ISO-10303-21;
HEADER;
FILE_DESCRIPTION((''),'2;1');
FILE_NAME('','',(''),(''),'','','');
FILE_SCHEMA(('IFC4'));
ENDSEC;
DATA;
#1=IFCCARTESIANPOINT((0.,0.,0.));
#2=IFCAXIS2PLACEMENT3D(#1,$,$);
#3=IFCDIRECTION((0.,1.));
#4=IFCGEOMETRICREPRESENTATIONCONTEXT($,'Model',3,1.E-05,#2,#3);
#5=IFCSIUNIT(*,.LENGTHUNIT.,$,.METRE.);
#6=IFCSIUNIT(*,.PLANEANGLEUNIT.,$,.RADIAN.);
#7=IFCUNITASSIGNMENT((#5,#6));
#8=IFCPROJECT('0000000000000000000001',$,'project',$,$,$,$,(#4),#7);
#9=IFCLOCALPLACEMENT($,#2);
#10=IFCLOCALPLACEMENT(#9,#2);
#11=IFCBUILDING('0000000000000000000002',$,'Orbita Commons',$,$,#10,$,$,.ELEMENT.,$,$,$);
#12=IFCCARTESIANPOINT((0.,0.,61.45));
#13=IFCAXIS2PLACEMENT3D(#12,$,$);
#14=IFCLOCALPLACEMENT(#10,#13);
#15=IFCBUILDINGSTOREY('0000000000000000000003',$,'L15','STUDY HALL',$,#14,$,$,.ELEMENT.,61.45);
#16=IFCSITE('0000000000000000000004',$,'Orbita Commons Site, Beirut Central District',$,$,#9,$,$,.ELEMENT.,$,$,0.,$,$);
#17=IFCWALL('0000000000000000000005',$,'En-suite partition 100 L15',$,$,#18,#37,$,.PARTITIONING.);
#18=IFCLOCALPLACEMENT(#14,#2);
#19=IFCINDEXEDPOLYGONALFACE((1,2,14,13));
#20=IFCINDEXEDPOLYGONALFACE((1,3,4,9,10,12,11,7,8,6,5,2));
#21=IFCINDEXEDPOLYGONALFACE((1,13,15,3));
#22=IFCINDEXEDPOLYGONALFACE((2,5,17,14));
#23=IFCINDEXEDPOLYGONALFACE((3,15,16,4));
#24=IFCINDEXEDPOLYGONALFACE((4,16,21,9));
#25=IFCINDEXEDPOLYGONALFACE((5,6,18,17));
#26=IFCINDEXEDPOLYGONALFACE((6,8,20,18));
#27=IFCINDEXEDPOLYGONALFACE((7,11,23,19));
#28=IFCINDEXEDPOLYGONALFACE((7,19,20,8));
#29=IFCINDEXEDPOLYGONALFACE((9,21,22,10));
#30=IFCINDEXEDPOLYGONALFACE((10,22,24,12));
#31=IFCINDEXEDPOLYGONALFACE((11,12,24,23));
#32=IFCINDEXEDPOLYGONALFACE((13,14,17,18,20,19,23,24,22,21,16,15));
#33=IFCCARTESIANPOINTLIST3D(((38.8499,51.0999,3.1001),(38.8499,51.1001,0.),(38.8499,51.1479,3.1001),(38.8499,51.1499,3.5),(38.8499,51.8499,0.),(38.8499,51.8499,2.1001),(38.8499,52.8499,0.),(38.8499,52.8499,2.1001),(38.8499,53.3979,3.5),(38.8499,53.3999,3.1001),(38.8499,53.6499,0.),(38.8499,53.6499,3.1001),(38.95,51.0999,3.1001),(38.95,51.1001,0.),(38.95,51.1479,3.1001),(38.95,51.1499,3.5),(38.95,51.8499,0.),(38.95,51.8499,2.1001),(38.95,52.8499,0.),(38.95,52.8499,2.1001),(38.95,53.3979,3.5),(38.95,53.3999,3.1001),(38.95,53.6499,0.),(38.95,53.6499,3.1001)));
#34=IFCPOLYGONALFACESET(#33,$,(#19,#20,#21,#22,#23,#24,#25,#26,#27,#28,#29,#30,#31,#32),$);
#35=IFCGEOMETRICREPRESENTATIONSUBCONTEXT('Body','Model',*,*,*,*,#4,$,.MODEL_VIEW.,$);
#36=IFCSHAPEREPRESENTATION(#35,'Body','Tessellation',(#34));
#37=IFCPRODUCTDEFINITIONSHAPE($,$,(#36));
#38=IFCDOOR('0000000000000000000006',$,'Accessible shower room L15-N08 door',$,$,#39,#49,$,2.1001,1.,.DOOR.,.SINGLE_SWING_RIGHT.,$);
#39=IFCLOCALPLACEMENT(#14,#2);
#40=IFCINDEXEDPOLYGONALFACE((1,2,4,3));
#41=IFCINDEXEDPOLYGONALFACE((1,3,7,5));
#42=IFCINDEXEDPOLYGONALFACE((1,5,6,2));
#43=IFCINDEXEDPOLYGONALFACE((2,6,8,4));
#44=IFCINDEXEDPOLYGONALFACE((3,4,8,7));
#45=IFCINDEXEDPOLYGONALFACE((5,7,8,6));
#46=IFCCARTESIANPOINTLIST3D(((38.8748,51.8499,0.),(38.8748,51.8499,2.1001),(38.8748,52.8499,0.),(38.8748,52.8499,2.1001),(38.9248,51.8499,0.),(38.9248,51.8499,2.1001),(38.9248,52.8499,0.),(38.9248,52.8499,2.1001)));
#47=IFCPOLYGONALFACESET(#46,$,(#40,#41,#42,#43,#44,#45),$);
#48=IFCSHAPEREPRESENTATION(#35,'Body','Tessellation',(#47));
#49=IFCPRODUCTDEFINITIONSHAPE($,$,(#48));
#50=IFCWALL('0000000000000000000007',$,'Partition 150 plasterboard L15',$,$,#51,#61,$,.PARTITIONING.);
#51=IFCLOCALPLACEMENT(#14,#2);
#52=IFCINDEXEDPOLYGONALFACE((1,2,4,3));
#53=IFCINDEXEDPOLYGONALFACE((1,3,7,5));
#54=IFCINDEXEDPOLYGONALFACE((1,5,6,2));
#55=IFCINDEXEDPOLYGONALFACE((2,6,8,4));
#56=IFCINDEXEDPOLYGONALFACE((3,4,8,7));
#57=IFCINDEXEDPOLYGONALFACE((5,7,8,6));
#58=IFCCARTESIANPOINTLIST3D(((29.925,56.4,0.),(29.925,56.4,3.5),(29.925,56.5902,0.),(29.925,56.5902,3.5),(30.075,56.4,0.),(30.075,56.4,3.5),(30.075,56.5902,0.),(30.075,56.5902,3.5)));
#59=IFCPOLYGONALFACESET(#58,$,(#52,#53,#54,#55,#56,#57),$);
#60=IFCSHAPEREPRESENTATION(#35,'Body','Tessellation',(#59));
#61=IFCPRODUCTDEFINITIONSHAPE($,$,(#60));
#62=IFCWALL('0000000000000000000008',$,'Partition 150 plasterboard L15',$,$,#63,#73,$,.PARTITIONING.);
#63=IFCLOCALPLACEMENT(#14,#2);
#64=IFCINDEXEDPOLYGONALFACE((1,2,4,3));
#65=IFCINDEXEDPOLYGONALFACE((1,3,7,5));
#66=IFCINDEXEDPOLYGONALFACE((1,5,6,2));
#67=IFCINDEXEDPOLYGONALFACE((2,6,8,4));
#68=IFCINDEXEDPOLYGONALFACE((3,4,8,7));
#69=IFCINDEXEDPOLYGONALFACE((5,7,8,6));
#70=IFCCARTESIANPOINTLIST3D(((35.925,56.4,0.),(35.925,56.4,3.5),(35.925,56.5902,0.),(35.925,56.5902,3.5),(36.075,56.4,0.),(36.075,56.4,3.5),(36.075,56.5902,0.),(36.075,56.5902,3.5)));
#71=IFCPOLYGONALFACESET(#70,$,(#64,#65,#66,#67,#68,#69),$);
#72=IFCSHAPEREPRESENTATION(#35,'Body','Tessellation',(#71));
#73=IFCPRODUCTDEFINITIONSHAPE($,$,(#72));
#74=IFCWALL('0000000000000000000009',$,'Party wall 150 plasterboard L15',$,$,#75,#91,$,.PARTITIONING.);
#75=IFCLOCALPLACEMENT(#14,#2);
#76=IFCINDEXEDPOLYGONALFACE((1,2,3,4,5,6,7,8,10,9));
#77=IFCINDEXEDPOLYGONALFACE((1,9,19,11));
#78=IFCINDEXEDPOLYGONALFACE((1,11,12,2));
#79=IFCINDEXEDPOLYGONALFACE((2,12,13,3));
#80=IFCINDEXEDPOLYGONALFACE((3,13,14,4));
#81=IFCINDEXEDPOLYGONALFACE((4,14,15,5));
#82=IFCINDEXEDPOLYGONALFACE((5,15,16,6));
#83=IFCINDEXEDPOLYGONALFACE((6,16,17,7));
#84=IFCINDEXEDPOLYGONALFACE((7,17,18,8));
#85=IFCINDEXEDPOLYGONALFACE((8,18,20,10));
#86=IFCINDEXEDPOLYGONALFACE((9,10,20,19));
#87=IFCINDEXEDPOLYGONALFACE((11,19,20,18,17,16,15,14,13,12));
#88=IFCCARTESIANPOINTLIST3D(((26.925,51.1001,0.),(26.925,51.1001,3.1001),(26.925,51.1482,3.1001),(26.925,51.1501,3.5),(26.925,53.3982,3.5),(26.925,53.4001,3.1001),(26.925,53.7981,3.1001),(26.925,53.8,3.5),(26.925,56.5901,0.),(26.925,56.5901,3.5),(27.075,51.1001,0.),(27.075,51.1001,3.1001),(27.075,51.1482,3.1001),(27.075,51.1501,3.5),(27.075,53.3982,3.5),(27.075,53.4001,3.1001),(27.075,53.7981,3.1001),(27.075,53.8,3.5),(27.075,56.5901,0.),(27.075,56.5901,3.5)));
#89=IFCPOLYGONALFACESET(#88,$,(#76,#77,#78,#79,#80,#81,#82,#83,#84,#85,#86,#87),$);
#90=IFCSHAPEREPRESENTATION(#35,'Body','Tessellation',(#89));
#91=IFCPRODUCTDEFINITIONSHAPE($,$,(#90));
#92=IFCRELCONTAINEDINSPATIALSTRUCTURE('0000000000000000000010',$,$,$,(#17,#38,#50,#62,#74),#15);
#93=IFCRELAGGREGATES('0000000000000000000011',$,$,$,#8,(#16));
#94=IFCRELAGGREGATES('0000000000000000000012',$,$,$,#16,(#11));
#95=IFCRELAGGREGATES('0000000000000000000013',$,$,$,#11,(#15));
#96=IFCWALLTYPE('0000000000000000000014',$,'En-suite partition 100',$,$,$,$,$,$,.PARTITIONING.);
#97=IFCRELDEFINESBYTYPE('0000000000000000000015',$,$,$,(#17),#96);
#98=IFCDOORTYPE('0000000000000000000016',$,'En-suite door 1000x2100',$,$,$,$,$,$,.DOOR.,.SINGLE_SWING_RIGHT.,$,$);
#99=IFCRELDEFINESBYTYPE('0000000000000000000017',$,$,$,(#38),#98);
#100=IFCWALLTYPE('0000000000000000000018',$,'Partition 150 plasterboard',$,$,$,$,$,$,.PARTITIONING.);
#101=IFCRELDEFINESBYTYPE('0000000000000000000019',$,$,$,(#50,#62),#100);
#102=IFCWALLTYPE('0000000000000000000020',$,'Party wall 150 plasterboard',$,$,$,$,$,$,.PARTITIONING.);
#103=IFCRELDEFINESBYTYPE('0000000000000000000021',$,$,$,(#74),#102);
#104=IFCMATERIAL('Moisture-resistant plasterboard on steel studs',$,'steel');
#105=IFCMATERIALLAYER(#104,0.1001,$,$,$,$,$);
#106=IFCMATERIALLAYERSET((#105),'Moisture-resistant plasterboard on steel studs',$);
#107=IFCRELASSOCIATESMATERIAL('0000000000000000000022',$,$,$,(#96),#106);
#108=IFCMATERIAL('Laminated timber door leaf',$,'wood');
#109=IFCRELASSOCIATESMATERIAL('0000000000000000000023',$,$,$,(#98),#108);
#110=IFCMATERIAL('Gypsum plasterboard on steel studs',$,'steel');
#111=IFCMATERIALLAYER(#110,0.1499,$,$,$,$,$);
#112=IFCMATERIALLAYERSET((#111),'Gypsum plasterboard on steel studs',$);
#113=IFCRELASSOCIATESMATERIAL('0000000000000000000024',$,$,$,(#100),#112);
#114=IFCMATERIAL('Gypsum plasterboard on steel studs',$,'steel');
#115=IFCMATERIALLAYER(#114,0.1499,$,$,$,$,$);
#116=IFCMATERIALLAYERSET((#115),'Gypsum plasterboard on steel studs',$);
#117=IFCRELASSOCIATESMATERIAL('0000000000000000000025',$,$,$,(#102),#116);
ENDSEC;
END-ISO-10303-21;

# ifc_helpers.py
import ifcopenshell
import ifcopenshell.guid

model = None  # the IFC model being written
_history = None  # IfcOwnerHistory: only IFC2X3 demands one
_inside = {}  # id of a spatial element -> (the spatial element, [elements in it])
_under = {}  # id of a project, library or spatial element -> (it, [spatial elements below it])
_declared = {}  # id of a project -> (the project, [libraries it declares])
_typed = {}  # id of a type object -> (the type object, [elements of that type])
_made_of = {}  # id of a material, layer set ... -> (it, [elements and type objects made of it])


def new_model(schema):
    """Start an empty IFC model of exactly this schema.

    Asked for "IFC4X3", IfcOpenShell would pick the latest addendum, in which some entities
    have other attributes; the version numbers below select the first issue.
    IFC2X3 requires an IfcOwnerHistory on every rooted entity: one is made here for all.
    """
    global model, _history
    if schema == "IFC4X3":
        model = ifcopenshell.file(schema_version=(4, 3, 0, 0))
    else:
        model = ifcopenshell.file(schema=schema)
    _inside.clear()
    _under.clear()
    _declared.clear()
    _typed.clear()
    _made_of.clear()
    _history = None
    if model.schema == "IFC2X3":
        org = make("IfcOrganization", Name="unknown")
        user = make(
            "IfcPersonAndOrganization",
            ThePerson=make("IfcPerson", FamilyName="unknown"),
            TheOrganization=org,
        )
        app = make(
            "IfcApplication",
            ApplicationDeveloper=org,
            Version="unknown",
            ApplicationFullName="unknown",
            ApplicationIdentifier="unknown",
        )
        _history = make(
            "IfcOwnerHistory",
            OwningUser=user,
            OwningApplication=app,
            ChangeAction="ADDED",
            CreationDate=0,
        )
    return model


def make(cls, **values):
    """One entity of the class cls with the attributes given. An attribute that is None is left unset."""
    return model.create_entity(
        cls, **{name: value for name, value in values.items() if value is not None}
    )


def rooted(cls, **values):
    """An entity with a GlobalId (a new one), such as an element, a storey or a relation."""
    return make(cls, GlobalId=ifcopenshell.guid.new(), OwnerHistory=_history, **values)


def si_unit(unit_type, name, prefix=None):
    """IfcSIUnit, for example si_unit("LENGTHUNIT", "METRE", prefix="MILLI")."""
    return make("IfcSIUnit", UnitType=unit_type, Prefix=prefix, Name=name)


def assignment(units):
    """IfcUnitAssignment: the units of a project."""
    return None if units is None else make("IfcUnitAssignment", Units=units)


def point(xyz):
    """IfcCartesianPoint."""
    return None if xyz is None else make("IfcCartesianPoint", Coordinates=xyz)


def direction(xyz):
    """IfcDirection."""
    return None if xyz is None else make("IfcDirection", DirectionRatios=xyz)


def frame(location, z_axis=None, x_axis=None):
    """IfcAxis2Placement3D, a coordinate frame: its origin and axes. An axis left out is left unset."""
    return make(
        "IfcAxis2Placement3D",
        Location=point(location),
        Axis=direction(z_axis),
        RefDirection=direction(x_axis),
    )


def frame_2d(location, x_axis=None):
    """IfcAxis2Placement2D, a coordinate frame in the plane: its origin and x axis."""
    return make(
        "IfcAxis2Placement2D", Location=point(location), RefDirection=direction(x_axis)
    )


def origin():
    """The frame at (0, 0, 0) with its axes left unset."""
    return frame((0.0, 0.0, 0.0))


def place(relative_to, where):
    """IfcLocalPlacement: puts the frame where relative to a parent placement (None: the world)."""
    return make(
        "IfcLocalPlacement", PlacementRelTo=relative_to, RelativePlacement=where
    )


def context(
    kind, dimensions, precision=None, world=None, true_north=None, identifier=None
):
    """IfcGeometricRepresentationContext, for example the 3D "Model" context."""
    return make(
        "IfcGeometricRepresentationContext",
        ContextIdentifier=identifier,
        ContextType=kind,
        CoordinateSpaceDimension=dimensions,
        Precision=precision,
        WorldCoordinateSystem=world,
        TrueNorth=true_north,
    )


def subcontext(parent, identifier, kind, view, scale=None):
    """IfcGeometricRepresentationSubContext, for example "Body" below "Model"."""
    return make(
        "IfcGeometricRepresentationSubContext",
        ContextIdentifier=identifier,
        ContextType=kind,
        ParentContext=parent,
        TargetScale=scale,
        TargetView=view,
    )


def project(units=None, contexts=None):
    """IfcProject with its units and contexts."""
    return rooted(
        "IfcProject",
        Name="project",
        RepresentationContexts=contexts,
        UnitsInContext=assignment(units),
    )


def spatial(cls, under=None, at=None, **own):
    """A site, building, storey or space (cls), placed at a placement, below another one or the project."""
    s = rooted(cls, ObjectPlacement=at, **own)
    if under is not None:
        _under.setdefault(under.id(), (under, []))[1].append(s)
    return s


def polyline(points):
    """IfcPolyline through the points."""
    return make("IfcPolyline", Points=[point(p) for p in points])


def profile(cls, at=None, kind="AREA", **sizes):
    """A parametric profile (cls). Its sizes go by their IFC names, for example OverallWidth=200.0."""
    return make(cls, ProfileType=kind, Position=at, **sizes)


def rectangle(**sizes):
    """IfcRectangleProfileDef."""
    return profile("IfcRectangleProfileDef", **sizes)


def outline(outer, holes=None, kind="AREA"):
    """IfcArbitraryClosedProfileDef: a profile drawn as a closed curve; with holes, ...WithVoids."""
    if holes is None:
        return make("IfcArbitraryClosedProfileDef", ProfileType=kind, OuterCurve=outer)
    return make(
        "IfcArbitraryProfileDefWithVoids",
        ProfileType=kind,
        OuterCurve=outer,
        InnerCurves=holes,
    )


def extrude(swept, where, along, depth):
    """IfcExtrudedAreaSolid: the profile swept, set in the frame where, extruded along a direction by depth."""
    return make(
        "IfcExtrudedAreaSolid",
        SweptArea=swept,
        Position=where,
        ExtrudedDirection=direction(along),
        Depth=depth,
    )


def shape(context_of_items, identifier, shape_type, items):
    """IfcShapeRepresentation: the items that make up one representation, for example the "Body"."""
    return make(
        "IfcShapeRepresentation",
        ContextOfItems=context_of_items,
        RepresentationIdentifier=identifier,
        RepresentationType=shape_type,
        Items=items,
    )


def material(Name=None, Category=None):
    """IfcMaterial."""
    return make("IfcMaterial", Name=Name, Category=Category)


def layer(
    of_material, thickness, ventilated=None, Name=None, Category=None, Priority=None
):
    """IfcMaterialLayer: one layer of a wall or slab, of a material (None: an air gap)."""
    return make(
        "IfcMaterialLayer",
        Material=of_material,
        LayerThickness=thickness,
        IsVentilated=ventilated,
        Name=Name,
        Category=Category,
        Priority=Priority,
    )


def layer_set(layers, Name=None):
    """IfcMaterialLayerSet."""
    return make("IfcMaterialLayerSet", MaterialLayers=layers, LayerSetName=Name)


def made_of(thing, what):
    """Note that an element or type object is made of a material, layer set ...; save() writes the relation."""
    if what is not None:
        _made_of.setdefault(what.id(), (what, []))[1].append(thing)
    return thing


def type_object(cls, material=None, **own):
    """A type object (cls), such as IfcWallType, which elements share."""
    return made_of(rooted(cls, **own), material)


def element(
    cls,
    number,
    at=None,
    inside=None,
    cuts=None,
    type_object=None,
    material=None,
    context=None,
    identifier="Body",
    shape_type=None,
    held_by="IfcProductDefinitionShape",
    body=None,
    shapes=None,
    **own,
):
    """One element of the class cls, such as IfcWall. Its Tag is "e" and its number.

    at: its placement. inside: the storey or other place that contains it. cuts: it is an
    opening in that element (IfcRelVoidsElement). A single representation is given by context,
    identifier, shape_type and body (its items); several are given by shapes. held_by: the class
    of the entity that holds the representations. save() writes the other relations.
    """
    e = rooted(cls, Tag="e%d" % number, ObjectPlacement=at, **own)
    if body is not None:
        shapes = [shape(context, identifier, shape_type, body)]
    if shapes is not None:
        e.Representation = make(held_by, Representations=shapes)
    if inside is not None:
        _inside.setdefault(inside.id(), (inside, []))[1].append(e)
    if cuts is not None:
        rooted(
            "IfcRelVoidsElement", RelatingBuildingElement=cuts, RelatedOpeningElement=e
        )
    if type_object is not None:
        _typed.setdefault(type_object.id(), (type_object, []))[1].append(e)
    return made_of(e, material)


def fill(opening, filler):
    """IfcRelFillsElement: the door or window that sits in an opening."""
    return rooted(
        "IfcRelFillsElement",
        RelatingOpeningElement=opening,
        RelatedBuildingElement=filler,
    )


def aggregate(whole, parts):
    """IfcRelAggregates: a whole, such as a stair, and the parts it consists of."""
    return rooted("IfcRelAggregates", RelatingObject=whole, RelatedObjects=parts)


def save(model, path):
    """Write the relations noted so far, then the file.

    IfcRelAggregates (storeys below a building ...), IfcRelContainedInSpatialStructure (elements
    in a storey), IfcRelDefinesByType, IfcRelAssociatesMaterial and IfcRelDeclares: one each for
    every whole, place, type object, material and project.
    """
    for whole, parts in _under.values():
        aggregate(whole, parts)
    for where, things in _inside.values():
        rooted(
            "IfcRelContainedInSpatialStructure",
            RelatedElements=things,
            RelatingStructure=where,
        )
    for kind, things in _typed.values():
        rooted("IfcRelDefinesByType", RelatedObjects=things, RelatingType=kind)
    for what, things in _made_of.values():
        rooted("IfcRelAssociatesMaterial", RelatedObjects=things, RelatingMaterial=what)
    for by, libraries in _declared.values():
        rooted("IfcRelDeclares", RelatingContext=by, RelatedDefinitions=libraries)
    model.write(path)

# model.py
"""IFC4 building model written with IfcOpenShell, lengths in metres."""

from ifc_helpers import new_model, si_unit, direction, frame, frame_2d, origin, place, context, subcontext, project, spatial, polyline, rectangle, outline, extrude, material, layer, layer_set, type_object, element, fill, save


model = new_model("IFC4")

# Units and contexts
model_context = context("Model", 3, precision=1e-05, world=origin(), true_north=direction((0.0, 1.0)))
body_context = subcontext(model_context, "Body", "Model", "MODEL_VIEW")
ifc_project = project(units=[si_unit("LENGTHUNIT", "METRE"), si_unit("PLANEANGLEUNIT", "RADIAN")], contexts=[model_context])

# Site, building, storey
site_placement = place(None, origin())
site = spatial("IfcSite", under=ifc_project, at=site_placement, Name="Orbita Commons Site, Beirut Central District", CompositionType="ELEMENT", RefElevation=0.0)
building_placement = place(site_placement, origin())
building = spatial("IfcBuilding", under=site, at=building_placement, Name="Orbita Commons", CompositionType="ELEMENT")
storey_placement = place(building_placement, frame((0.0, 0.0, 61.45)))
storey = spatial("IfcBuildingStorey", under=building, at=storey_placement, Name="L15", Description="STUDY HALL", CompositionType="ELEMENT", Elevation=61.45)

# Shared definitions
ifc_material_1 = material(Name="Moisture-resistant plasterboard on steel studs", Category="steel")
ifc_layer_1 = layer(ifc_material_1, 0.1001)
ifc_layer_set_1 = layer_set([ifc_layer_1], Name="Moisture-resistant plasterboard on steel studs")
wall_type_1 = type_object("IfcWallType", Name="En-suite partition 100", PredefinedType="PARTITIONING", material=ifc_layer_set_1)

# Wall, opening, door
wall_1_placement = place(storey_placement, frame((38.8999, 53.6499, 0.0), z_axis=(0.0, 0.0, 1.0), x_axis=(0.0, -1.0, 0.0)))
wall_1 = element("IfcWall", 1, at=wall_1_placement, inside=storey, type_object=wall_type_1, Name="En-suite partition 100 L15", PredefinedType="PARTITIONING", context=body_context, shape_type="SweptSolid", body=[
    extrude(outline(polyline([(0.0, 0.0), (2.5498, 0.0), (2.55, 3.1001), (2.502, 3.1001), (2.5, 3.5), (0.252, 3.5), (0.25, 3.1001), (0.0, 3.1001), (0.0, 0.0)])), frame((0.0, 0.05, 0.0), z_axis=(0.0, -1.0, 0.0), x_axis=(1.0, 0.0, 0.0)), (0.0, 0.0, 1.0), 0.1001),
])
opening_placement = place(wall_1_placement, frame((0.8, 0.0, 0.0)))
opening = element("IfcOpeningElement", 2, at=opening_placement, cuts=wall_1, PredefinedType="OPENING", context=body_context, shape_type="SweptSolid", body=[
    extrude(rectangle(XDim=1.0, YDim=2.1001, at=frame_2d((0.5, 1.05))), frame((0.0, 0.0601, 0.0), z_axis=(0.0, -1.0, 0.0), x_axis=(1.0, 0.0, 0.0)), (0.0, 0.0, 1.0), 0.1201),
])
ifc_material_2 = material(Name="Laminated timber door leaf", Category="wood")
door_type = type_object("IfcDoorType", Name="En-suite door 1000x2100", OperationType="SINGLE_SWING_RIGHT", PredefinedType="DOOR", material=ifc_material_2)
door_placement = place(opening_placement, origin())
door = element("IfcDoor", 3, at=door_placement, inside=storey, type_object=door_type, Name="Accessible shower room L15-N08 door", OperationType="SINGLE_SWING_RIGHT", OverallHeight=2.1001, OverallWidth=1.0, PredefinedType="DOOR", context=body_context, shape_type="SweptSolid", body=[
    extrude(rectangle(XDim=1.0, YDim=2.1001, at=frame_2d((0.5, 1.05))), frame((0.0, 0.0249, 0.0), z_axis=(0.0, -1.0, 0.0), x_axis=(1.0, 0.0, 0.0)), (0.0, 0.0, 1.0), 0.05),
])
fill(opening, door)

# Walls
ifc_material_3 = material(Name="Gypsum plasterboard on steel studs", Category="steel")
ifc_layer_2 = layer(ifc_material_3, 0.1499)
ifc_layer_set_2 = layer_set([ifc_layer_2], Name="Gypsum plasterboard on steel studs")
wall_type_2 = type_object("IfcWallType", Name="Partition 150 plasterboard", PredefinedType="PARTITIONING", material=ifc_layer_set_2)
for number, where, z_axis, x_axis, name in (
    (4, (30.0, 56.3999, 0.0), (0.0, 0.0, 1.0), (0.0, 1.0, 0.0), "Partition 150 plasterboard L15"),
    (5, (36.0, 56.3999, 0.0), (0.0, 0.0, 1.0), (0.0, 1.0, 0.0), "Partition 150 plasterboard L15"),
):
    element("IfcWall", number, at=place(storey_placement, frame(where, z_axis=z_axis, x_axis=x_axis)), inside=storey, type_object=wall_type_2, Name=name, PredefinedType="PARTITIONING", context=body_context, shape_type="SweptSolid", body=[
        extrude(rectangle(XDim=0.1902, YDim=0.1499, at=frame_2d((0.0952, 0.0))), origin(), (0.0, 0.0, 1.0), 3.5),
    ])
ifc_material_4 = material(Name="Gypsum plasterboard on steel studs", Category="steel")
ifc_layer_3 = layer(ifc_material_4, 0.1499)
ifc_layer_set_3 = layer_set([ifc_layer_3], Name="Gypsum plasterboard on steel studs")
wall_type_3 = type_object("IfcWallType", Name="Party wall 150 plasterboard", PredefinedType="PARTITIONING", material=ifc_layer_set_3)
wall_2_placement = place(storey_placement, frame((27.0, 56.5901, 0.0), z_axis=(0.0, 0.0, 1.0), x_axis=(0.0, -1.0, 0.0)))
element("IfcWall", 6, at=wall_2_placement, inside=storey, type_object=wall_type_3, Name="Party wall 150 plasterboard L15", PredefinedType="PARTITIONING", context=body_context, shape_type="SweptSolid", body=[
    extrude(outline(polyline([(0.0, 0.0), (5.49, 0.0), (5.49, 3.1001), (5.4419, 3.1001), (5.4399, 3.5), (3.1919, 3.5), (3.1899, 3.1001), (2.792, 3.1001), (2.79, 3.5), (0.0, 3.5), (0.0, 0.0)])), frame((0.0, 0.075, 0.0), z_axis=(0.0, -1.0, 0.0), x_axis=(1.0, 0.0, 0.0)), (0.0, 0.0, 1.0), 0.1499),
])

save(model, "model.ifc")
